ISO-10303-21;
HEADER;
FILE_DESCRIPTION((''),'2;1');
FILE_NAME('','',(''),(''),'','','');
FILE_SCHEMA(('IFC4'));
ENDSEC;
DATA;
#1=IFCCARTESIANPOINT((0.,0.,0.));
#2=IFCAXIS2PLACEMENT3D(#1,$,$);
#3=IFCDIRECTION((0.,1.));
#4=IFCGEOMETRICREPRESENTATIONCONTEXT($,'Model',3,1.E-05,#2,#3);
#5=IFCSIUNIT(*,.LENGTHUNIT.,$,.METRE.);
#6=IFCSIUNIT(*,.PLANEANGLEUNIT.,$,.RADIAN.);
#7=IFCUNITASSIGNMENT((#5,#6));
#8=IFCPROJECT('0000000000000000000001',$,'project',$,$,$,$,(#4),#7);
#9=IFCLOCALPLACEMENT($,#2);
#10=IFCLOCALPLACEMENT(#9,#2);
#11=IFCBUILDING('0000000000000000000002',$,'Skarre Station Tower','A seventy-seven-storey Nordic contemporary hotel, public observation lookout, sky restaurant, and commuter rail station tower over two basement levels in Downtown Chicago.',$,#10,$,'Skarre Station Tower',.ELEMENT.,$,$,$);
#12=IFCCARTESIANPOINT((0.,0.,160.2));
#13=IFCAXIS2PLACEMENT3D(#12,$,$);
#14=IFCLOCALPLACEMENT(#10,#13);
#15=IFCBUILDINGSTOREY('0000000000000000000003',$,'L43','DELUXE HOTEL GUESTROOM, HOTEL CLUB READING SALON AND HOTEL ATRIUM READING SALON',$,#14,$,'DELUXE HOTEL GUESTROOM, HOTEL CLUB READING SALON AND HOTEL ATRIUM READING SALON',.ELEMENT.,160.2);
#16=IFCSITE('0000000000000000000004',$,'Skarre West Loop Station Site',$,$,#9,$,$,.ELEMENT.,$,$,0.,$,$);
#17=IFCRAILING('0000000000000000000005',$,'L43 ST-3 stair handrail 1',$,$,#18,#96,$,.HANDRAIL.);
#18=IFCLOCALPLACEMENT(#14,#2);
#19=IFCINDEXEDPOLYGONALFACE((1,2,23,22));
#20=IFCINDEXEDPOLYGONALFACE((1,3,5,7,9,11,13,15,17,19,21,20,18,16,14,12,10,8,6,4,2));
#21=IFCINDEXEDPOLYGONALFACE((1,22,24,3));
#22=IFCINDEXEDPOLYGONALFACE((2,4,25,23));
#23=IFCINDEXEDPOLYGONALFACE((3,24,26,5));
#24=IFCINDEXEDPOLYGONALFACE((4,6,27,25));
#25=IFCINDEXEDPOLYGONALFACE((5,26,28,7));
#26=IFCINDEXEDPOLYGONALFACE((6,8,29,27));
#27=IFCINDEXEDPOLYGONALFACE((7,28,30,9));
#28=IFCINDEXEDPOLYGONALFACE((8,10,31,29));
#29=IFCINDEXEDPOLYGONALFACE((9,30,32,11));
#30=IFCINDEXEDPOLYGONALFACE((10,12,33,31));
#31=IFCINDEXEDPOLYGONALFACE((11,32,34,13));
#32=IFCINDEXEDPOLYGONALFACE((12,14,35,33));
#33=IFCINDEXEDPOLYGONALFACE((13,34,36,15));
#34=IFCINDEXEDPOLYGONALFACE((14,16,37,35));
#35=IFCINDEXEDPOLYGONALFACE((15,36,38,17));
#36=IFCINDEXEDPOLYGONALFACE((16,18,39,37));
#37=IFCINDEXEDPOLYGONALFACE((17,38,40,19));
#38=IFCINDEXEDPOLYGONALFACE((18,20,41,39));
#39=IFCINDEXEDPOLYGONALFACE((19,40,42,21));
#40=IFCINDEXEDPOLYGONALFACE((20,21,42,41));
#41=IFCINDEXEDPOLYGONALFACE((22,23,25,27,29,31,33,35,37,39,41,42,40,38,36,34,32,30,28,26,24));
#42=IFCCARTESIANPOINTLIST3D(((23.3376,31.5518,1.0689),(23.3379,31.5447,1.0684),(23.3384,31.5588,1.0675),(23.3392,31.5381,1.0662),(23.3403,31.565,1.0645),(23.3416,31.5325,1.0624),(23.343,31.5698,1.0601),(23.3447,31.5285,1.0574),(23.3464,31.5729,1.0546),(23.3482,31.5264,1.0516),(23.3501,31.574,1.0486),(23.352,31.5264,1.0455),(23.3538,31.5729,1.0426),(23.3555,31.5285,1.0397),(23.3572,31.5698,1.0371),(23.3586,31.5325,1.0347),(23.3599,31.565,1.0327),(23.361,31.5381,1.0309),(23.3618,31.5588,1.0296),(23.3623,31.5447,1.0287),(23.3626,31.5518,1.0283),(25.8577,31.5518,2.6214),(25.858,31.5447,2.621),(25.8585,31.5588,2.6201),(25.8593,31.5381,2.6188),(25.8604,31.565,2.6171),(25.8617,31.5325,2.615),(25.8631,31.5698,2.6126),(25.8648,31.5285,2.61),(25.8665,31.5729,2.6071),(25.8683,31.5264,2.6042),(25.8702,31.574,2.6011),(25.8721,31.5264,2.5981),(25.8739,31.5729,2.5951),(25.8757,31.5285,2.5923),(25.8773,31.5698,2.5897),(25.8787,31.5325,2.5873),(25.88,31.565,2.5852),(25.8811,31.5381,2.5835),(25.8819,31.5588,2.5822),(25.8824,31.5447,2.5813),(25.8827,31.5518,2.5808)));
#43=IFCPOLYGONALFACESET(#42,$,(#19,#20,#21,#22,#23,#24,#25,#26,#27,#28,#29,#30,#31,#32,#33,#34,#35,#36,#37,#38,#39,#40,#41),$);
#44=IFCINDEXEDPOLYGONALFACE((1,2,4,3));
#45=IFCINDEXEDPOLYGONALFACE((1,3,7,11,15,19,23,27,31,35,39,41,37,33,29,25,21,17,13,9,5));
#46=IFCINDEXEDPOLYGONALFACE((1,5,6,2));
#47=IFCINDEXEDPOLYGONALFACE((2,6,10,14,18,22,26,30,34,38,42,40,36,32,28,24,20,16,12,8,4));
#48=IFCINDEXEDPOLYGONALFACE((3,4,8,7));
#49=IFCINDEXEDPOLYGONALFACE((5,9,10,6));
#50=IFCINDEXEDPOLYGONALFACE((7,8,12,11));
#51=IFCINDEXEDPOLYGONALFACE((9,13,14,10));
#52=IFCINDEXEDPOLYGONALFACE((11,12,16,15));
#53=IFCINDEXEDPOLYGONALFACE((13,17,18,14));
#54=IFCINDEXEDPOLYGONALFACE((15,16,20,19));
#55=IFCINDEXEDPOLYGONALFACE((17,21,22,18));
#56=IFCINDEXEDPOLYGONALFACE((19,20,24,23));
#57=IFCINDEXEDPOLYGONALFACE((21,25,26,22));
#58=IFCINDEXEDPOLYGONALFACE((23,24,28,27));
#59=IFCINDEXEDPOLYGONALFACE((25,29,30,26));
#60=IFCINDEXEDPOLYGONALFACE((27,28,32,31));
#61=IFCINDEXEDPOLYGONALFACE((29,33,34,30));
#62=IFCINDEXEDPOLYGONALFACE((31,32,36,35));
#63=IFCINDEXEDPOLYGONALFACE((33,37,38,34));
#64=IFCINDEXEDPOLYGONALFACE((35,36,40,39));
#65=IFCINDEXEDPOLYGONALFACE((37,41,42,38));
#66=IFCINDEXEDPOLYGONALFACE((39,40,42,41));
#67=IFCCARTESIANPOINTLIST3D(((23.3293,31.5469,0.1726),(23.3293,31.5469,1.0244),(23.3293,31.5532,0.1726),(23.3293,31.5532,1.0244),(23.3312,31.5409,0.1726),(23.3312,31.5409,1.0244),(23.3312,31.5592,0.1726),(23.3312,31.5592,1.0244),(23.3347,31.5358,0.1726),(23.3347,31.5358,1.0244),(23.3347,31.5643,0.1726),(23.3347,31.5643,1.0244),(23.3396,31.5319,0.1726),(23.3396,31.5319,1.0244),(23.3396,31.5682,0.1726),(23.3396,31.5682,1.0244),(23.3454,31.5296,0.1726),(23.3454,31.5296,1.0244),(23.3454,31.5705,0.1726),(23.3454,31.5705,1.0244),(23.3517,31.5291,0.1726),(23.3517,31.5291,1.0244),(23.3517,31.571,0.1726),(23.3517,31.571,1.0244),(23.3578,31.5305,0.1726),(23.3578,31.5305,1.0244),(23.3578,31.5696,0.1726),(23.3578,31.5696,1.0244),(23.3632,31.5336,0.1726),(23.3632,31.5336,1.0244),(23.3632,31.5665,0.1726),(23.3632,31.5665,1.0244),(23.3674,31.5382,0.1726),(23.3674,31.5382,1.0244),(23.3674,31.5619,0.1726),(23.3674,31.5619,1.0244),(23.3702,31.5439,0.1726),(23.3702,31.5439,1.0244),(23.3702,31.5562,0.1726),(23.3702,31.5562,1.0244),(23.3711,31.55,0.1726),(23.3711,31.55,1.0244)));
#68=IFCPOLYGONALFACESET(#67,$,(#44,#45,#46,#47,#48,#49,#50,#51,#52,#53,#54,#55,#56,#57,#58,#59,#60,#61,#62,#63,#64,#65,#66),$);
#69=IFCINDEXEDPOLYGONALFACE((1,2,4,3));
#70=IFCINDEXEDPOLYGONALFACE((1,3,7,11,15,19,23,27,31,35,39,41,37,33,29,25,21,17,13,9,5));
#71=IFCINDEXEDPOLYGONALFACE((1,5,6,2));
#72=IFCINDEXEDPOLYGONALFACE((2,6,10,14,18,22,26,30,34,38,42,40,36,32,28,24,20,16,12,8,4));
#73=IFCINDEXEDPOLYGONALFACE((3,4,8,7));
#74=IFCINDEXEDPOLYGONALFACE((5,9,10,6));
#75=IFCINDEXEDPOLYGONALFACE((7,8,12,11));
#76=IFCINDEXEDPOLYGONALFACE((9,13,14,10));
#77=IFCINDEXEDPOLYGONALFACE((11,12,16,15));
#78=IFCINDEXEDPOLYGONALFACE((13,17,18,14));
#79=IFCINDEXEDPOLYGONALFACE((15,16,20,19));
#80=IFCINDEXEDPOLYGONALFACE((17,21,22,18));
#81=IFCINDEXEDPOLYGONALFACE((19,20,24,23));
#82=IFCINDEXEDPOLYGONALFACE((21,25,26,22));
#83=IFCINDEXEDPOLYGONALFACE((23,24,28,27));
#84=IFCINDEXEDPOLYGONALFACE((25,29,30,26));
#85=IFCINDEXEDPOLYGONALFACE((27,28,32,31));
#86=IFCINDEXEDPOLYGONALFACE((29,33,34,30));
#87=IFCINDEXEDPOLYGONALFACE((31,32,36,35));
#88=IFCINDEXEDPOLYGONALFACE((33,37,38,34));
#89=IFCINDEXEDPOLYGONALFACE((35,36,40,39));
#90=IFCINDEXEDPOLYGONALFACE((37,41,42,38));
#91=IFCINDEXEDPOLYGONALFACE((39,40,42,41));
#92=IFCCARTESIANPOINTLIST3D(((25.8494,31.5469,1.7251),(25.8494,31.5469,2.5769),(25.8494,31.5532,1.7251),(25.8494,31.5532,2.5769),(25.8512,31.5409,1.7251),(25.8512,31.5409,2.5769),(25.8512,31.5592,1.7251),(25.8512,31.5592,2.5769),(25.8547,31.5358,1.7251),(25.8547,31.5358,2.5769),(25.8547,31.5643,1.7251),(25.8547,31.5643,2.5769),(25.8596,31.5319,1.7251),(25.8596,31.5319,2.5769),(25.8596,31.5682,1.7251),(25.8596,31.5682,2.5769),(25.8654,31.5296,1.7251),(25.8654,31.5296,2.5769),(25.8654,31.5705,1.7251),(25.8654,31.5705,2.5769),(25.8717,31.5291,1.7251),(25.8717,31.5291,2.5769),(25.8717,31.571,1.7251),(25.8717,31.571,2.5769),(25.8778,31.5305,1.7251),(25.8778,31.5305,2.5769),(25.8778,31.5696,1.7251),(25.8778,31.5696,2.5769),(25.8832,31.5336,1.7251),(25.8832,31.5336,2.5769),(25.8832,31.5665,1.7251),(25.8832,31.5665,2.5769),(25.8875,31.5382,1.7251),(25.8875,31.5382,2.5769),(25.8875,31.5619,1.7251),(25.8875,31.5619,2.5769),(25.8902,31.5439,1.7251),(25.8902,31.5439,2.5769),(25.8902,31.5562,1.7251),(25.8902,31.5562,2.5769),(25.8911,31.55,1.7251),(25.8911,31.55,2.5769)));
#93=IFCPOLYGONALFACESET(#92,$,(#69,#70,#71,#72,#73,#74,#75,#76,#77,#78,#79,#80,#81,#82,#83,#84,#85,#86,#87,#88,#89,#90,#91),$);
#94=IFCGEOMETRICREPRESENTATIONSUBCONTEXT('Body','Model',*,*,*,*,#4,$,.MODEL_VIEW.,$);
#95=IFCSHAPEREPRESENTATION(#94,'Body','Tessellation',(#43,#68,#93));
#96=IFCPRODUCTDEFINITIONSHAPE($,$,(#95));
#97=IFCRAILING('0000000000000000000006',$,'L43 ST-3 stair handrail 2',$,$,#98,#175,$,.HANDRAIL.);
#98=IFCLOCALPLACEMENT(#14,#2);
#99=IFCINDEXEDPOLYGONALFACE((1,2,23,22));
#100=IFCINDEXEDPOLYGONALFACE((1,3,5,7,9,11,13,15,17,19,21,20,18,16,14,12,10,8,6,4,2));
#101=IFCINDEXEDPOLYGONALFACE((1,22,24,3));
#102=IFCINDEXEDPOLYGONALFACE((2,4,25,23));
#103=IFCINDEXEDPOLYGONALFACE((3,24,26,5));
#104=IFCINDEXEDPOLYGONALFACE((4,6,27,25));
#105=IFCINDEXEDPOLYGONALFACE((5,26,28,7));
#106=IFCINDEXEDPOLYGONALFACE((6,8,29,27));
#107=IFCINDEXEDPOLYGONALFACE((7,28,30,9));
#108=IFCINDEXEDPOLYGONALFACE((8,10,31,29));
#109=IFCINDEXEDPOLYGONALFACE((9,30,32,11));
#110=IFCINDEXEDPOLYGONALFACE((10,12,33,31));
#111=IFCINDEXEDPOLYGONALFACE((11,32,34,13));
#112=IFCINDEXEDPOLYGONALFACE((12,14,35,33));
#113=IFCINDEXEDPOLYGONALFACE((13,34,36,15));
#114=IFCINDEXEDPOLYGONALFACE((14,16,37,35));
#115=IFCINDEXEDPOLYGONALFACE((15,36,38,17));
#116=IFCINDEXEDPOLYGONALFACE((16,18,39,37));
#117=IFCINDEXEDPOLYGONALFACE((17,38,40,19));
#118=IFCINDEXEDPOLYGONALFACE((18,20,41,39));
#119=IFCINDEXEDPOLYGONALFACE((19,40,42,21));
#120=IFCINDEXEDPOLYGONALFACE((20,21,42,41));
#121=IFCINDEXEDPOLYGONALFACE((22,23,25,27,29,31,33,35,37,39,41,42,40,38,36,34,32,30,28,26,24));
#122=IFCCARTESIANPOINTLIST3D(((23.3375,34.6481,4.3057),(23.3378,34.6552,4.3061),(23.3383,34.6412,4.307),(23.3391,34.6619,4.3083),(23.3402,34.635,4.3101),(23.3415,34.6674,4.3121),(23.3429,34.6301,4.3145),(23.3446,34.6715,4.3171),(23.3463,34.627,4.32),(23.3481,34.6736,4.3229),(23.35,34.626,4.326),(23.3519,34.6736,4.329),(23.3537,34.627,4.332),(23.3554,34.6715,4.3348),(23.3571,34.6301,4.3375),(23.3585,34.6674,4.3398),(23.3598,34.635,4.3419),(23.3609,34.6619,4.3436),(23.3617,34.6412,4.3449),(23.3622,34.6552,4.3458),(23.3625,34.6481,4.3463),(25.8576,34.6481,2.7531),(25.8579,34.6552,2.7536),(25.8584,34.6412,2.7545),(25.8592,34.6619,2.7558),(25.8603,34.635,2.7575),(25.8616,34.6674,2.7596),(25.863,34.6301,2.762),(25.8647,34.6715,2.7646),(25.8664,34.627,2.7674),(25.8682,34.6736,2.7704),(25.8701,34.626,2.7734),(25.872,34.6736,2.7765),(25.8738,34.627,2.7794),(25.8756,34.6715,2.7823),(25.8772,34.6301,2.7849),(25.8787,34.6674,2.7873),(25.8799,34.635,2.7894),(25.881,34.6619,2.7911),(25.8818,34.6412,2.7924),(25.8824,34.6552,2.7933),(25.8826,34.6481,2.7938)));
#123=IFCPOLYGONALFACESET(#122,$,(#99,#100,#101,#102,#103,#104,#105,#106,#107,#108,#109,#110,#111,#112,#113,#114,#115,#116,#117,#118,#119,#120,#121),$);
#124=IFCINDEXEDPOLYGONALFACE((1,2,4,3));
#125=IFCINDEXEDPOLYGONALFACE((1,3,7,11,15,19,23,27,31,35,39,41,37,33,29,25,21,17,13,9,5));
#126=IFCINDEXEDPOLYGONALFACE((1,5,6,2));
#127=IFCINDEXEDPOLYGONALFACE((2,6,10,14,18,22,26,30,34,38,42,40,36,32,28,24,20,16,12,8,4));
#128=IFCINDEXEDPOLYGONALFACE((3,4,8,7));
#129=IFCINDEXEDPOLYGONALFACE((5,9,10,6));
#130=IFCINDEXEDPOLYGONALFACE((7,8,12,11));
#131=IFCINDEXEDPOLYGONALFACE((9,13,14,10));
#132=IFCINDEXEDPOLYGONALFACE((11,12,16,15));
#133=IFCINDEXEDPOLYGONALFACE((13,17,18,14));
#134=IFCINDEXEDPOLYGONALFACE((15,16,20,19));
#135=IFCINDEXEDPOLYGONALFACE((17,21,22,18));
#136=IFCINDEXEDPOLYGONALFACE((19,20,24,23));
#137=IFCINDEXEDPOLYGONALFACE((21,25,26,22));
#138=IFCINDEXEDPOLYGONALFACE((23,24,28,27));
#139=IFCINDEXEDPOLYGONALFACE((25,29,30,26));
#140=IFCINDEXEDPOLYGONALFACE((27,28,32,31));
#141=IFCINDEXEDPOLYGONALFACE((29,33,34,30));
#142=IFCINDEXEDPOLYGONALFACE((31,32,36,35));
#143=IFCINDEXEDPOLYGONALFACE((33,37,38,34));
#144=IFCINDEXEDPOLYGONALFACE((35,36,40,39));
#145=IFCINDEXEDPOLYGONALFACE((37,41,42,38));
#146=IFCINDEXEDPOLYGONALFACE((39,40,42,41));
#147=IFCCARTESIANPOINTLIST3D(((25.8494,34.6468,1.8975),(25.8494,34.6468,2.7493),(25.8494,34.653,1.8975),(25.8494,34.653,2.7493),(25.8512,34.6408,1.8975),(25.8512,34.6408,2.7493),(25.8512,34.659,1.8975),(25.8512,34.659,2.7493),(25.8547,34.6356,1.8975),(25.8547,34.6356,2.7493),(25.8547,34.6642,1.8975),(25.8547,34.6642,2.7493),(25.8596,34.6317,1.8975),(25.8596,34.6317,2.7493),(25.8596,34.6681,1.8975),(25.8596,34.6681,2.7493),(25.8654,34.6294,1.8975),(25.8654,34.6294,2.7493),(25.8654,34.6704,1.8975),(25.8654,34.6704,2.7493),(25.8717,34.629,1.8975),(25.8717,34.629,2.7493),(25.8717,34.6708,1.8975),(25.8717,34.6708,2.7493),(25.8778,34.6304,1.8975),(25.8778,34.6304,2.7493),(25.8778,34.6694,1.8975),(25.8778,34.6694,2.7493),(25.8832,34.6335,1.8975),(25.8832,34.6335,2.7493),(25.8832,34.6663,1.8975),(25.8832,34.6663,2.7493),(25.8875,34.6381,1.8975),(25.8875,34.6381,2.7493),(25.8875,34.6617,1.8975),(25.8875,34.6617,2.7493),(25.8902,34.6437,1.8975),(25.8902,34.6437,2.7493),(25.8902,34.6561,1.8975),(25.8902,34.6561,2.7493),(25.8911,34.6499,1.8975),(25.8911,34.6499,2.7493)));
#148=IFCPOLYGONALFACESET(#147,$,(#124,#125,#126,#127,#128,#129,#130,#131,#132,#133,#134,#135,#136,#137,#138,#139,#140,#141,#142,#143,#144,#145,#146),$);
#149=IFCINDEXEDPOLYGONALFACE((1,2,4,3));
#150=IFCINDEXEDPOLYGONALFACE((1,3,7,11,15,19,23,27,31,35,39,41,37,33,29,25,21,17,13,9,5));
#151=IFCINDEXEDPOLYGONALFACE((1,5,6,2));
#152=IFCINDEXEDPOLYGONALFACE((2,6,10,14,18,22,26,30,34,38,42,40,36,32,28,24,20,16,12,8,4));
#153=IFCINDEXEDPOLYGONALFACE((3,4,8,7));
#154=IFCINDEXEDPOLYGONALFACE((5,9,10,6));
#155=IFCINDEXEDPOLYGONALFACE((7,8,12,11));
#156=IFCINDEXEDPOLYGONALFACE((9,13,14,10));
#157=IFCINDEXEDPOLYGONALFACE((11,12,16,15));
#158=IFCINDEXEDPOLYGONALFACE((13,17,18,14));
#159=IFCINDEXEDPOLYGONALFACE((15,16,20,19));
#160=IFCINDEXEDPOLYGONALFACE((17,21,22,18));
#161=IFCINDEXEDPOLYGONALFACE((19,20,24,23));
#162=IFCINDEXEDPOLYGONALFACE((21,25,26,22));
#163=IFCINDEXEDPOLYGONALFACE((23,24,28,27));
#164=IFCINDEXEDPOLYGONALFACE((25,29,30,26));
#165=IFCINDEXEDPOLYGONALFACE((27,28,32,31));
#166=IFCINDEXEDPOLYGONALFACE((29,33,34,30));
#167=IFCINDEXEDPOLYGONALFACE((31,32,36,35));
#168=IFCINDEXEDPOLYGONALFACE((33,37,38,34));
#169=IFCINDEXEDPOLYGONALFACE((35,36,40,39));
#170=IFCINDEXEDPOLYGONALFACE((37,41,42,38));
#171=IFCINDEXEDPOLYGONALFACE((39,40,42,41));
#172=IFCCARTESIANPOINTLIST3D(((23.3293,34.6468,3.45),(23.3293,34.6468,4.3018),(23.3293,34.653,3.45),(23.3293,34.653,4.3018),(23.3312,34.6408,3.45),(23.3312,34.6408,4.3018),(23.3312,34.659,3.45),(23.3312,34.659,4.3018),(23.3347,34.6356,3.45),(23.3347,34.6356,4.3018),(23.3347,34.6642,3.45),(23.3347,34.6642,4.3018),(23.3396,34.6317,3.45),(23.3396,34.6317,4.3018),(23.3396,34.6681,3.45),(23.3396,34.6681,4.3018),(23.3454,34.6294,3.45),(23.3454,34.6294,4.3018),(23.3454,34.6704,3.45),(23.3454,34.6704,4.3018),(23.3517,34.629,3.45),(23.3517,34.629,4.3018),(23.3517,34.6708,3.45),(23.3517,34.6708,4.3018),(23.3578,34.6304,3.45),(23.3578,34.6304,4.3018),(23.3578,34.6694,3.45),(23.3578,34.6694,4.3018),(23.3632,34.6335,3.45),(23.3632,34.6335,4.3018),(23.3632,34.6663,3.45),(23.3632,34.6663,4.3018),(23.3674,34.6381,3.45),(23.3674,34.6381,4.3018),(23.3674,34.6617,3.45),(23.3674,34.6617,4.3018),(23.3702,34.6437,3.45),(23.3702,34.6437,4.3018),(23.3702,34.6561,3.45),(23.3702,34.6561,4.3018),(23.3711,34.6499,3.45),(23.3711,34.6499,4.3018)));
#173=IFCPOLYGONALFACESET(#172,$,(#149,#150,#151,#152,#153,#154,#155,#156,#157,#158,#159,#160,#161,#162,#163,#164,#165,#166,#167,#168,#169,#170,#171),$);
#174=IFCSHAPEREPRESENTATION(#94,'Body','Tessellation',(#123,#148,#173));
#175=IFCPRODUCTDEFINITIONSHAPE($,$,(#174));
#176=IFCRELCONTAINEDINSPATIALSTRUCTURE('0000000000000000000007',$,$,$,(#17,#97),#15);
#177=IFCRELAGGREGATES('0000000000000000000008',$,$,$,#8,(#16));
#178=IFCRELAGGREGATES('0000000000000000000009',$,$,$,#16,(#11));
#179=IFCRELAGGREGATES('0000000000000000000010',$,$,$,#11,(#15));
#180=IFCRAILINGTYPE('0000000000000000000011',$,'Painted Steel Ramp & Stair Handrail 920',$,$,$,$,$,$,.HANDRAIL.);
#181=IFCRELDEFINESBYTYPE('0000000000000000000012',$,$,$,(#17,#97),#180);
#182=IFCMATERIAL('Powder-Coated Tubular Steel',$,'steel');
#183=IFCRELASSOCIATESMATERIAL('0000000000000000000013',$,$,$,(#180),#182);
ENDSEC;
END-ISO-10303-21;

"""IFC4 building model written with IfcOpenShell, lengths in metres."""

from ifc_helpers import new_model, si_unit, direction, frame, origin, origin_2d, place, context, subcontext, project, spatial, circle, extrude, material, type_object, element, save


model = new_model("IFC4")

# Units and contexts
model_context = context("Model", 3, precision=1e-05, world=origin(), true_north=direction((0.0, 1.0)))
body_context = subcontext(model_context, "Body", "Model", "MODEL_VIEW")
ifc_project = project(units=[si_unit("LENGTHUNIT", "METRE"), si_unit("PLANEANGLEUNIT", "RADIAN")], contexts=[model_context])

# Site, building, storey
site_placement = place(None, origin())
site = spatial("IfcSite", under=ifc_project, at=site_placement, Name="Skarre West Loop Station Site", CompositionType="ELEMENT", RefElevation=0.0)
building_placement = place(site_placement, origin())
building = spatial("IfcBuilding", under=site, at=building_placement, Name="Skarre Station Tower", Description="A seventy-seven-storey Nordic contemporary hotel, public observation lookout, sky restaurant, and commuter rail station tower over two basement levels in Downtown Chicago.", LongName="Skarre Station Tower", CompositionType="ELEMENT")
storey_placement = place(building_placement, frame((0.0, 0.0, 160.2)))
storey = spatial("IfcBuildingStorey", under=building, at=storey_placement, Name="L43", Description="DELUXE HOTEL GUESTROOM, HOTEL CLUB READING SALON AND HOTEL ATRIUM READING SALON", LongName="DELUXE HOTEL GUESTROOM, HOTEL CLUB READING SALON AND HOTEL ATRIUM READING SALON", CompositionType="ELEMENT", Elevation=160.2)

# Railings
ifc_material_1 = material(Name="Powder-Coated Tubular Steel", Category="steel")
railing_type_1 = type_object("IfcRailingType", Name="Painted Steel Ramp & Stair Handrail 920", PredefinedType="HANDRAIL", material=ifc_material_1)
railing_1_placement = place(storey_placement, frame((23.3501, 31.55, 0.1726)))
element("IfcRailing", 1, at=railing_1_placement, inside=storey, type_object=railing_type_1, Name="L43 ST-3 stair handrail 1", PredefinedType="HANDRAIL", context=body_context, shape_type="SweptSolid", body=[
    extrude(circle(Radius=0.0239, at=origin_2d()), frame((0.0, 0.0, 0.876), z_axis=(0.8514, 0.0, 0.524516), x_axis=(0.0, 1.0, 0.0)), (0.0, 0.0, 1.0), 2.96),
    extrude(circle(Radius=0.021, at=origin_2d()), origin(), (0.0, 0.0, 1.0), 0.8518),
    extrude(circle(Radius=0.021, at=origin_2d()), frame((2.52, 0.0, 1.5525)), (0.0, 0.0, 1.0), 0.8518),
])
railing_2_placement = place(storey_placement, frame((25.8701, 34.6499, 1.8975)))
element("IfcRailing", 2, at=railing_2_placement, inside=storey, type_object=railing_type_1, Name="L43 ST-3 stair handrail 2", PredefinedType="HANDRAIL", context=body_context, shape_type="SweptSolid", body=[
    extrude(circle(Radius=0.0239, at=origin_2d()), frame((0.0, 0.0, 0.876), z_axis=(-0.8514, 0.0, 0.524516), x_axis=(0.0, -1.0, 0.0)), (0.0, 0.0, 1.0), 2.96),
    extrude(circle(Radius=0.021, at=origin_2d()), origin(), (0.0, 0.0, 1.0), 0.8518),
    extrude(circle(Radius=0.021, at=origin_2d()), frame((-2.52, 0.0, 1.5525)), (0.0, 0.0, 1.0), 0.8518),
])

save(model, "model.ifc")
